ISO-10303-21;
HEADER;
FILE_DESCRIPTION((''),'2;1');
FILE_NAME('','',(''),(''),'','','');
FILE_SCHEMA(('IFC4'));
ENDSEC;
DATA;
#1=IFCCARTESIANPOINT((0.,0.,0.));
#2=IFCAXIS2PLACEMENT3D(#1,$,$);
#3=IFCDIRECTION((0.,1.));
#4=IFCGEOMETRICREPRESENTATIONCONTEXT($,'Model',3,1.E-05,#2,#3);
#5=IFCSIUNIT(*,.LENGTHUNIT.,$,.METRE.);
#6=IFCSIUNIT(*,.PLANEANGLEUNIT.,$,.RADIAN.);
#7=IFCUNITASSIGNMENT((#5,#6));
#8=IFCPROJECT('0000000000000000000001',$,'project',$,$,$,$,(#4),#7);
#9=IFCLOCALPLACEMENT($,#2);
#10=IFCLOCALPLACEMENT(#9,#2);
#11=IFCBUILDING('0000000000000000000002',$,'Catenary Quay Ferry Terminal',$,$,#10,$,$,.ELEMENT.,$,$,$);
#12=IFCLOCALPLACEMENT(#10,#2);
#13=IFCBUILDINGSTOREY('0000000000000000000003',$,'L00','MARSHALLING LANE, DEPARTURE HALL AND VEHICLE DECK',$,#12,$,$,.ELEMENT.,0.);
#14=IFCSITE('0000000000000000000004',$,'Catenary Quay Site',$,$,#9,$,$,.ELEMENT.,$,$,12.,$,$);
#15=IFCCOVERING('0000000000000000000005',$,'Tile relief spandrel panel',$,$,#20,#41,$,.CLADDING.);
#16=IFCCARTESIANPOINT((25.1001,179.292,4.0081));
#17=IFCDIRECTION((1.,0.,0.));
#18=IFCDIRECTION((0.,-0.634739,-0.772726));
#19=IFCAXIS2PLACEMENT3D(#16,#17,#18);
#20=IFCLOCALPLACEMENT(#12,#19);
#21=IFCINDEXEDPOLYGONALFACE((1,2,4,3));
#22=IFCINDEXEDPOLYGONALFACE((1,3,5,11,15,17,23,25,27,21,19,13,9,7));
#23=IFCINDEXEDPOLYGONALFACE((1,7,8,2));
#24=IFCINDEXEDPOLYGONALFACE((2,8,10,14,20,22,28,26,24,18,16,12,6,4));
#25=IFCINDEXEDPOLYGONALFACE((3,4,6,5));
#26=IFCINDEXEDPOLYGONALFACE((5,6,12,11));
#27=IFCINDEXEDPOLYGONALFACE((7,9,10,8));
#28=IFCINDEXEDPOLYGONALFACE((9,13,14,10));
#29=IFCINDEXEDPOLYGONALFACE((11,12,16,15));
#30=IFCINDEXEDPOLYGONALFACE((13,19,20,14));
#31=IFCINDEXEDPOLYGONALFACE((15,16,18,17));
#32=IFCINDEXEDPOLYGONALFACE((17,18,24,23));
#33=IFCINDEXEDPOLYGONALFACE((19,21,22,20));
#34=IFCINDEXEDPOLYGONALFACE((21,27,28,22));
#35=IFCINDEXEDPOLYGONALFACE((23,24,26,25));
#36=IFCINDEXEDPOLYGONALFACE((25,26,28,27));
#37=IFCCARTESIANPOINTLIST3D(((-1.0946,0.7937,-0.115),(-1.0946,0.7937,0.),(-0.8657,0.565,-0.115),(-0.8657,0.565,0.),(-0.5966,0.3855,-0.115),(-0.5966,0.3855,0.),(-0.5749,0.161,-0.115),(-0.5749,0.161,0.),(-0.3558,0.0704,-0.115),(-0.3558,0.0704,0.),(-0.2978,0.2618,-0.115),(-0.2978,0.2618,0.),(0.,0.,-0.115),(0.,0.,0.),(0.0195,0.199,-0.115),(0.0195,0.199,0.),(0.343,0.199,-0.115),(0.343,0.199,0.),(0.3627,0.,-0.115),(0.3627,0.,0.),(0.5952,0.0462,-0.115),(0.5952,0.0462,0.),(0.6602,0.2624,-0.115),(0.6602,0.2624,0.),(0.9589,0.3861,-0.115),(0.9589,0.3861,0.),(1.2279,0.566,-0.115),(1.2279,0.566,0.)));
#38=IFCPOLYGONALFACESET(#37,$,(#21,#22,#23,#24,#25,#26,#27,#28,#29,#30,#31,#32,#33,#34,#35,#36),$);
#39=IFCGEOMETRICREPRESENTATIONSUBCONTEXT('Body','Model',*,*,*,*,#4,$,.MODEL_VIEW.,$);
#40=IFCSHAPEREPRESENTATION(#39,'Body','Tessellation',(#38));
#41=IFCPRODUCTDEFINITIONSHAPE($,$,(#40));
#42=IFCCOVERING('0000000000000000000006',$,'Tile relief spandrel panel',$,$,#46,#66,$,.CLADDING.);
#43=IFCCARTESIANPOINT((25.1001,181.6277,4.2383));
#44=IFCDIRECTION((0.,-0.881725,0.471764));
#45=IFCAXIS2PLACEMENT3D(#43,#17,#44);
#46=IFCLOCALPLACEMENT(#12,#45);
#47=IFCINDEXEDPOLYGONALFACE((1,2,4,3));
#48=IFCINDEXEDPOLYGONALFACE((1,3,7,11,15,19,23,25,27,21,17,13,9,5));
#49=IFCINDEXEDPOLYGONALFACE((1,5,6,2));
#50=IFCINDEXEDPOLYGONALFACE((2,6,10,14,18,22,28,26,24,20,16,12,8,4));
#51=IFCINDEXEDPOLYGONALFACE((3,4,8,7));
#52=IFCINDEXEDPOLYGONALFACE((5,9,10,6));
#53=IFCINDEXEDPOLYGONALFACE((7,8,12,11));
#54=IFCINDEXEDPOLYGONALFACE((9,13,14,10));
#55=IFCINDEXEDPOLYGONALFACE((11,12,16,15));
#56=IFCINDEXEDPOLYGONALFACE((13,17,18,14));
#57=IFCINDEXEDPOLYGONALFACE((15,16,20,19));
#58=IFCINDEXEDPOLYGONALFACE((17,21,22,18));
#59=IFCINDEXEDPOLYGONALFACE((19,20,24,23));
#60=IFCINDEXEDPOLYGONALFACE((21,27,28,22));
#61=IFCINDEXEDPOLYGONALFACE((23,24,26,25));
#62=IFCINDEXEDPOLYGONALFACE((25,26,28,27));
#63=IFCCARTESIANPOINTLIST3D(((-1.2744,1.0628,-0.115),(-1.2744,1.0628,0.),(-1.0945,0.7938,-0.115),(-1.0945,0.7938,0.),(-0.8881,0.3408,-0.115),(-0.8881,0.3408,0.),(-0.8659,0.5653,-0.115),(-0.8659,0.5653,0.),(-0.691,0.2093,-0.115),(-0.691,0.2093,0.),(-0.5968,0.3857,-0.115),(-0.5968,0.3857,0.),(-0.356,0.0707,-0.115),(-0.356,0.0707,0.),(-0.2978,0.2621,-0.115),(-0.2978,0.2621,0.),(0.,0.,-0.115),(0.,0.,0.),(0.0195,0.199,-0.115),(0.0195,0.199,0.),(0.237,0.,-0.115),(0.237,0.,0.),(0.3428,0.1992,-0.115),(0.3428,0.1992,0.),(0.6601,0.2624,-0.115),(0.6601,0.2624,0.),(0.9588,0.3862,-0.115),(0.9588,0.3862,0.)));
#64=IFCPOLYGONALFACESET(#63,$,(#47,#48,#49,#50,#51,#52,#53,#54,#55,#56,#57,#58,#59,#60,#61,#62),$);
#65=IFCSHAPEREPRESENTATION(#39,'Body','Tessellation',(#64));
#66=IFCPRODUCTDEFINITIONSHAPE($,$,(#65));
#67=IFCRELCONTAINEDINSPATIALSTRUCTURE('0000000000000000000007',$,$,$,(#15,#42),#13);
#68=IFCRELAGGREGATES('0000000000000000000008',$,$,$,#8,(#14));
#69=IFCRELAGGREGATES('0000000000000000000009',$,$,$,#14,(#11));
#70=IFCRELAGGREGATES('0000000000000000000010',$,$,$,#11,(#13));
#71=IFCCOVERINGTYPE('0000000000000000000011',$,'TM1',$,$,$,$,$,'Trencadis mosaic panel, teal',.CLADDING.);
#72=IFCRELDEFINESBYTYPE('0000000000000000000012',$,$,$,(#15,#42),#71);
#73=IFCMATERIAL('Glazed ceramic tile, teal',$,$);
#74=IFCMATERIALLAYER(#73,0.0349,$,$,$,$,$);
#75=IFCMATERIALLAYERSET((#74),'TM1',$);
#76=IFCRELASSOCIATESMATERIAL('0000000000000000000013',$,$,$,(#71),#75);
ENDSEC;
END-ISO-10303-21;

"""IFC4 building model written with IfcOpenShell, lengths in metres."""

from ifc_helpers import new_model, si_unit, direction, frame, origin, place, context, subcontext, project, spatial, polyline, outline, extrude, material, layer, layer_set, type_object, element, save


model = new_model("IFC4")

# Units and contexts
model_context = context("Model", 3, precision=1e-05, world=origin(), true_north=direction((0.0, 1.0)))
body_context = subcontext(model_context, "Body", "Model", "MODEL_VIEW")
ifc_project = project(units=[si_unit("LENGTHUNIT", "METRE"), si_unit("PLANEANGLEUNIT", "RADIAN")], contexts=[model_context])

# Site, building, storey
site_placement = place(None, origin())
site = spatial("IfcSite", under=ifc_project, at=site_placement, Name="Catenary Quay Site", CompositionType="ELEMENT", RefElevation=12.0)
building_placement = place(site_placement, origin())
building = spatial("IfcBuilding", under=site, at=building_placement, Name="Catenary Quay Ferry Terminal", CompositionType="ELEMENT")
storey_placement = place(building_placement, origin())
storey = spatial("IfcBuildingStorey", under=building, at=storey_placement, Name="L00", Description="MARSHALLING LANE, DEPARTURE HALL AND VEHICLE DECK", CompositionType="ELEMENT", Elevation=0.0)

# Coverings
ifc_material_1 = material(Name="Glazed ceramic tile, teal")
ifc_layer_1 = layer(ifc_material_1, 0.0349)
ifc_layer_set_1 = layer_set([ifc_layer_1], Name="TM1")
covering_type_1 = type_object("IfcCoveringType", Name="TM1", ElementType="Trencadis mosaic panel, teal", PredefinedType="CLADDING", material=ifc_layer_set_1)
covering_1_placement = place(storey_placement, frame((25.1001, 179.292, 4.0081), z_axis=(1.0, 0.0, 0.0), x_axis=(0.0, -0.634739, -0.772726)))
element("IfcCovering", 1, at=covering_1_placement, inside=storey, type_object=covering_type_1, Name="Tile relief spandrel panel", PredefinedType="CLADDING", context=body_context, shape_type="SweptSolid", body=[
    extrude(outline(polyline([(0.0, 0.0), (0.3627, 0.0), (0.5952, 0.0462), (1.2279, 0.566), (0.9589, 0.3861), (0.6602, 0.2624), (0.343, 0.199), (0.0195, 0.199), (-0.2978, 0.2618), (-0.5966, 0.3855), (-0.8657, 0.565), (-1.0946, 0.7937), (-0.5749, 0.161), (-0.3558, 0.0704), (0.0, 0.0)])), origin(), (0.0, 0.0, -1.0), 0.115),
])
covering_2_placement = place(storey_placement, frame((25.1001, 181.6277, 4.2383), z_axis=(1.0, 0.0, 0.0), x_axis=(0.0, -0.881725, 0.471764)))
element("IfcCovering", 2, at=covering_2_placement, inside=storey, type_object=covering_type_1, Name="Tile relief spandrel panel", PredefinedType="CLADDING", context=body_context, shape_type="SweptSolid", body=[
    extrude(outline(polyline([(0.0, 0.0), (0.237, 0.0), (0.9588, 0.3862), (0.6601, 0.2624), (0.3428, 0.1992), (0.0195, 0.199), (-0.2978, 0.2621), (-0.5968, 0.3857), (-0.8659, 0.5653), (-1.0945, 0.7938), (-1.2744, 1.0628), (-0.8881, 0.3408), (-0.691, 0.2093), (-0.356, 0.0707), (0.0, 0.0)])), origin(), (0.0, 0.0, -1.0), 0.115),
])

save(model, "model.ifc")
